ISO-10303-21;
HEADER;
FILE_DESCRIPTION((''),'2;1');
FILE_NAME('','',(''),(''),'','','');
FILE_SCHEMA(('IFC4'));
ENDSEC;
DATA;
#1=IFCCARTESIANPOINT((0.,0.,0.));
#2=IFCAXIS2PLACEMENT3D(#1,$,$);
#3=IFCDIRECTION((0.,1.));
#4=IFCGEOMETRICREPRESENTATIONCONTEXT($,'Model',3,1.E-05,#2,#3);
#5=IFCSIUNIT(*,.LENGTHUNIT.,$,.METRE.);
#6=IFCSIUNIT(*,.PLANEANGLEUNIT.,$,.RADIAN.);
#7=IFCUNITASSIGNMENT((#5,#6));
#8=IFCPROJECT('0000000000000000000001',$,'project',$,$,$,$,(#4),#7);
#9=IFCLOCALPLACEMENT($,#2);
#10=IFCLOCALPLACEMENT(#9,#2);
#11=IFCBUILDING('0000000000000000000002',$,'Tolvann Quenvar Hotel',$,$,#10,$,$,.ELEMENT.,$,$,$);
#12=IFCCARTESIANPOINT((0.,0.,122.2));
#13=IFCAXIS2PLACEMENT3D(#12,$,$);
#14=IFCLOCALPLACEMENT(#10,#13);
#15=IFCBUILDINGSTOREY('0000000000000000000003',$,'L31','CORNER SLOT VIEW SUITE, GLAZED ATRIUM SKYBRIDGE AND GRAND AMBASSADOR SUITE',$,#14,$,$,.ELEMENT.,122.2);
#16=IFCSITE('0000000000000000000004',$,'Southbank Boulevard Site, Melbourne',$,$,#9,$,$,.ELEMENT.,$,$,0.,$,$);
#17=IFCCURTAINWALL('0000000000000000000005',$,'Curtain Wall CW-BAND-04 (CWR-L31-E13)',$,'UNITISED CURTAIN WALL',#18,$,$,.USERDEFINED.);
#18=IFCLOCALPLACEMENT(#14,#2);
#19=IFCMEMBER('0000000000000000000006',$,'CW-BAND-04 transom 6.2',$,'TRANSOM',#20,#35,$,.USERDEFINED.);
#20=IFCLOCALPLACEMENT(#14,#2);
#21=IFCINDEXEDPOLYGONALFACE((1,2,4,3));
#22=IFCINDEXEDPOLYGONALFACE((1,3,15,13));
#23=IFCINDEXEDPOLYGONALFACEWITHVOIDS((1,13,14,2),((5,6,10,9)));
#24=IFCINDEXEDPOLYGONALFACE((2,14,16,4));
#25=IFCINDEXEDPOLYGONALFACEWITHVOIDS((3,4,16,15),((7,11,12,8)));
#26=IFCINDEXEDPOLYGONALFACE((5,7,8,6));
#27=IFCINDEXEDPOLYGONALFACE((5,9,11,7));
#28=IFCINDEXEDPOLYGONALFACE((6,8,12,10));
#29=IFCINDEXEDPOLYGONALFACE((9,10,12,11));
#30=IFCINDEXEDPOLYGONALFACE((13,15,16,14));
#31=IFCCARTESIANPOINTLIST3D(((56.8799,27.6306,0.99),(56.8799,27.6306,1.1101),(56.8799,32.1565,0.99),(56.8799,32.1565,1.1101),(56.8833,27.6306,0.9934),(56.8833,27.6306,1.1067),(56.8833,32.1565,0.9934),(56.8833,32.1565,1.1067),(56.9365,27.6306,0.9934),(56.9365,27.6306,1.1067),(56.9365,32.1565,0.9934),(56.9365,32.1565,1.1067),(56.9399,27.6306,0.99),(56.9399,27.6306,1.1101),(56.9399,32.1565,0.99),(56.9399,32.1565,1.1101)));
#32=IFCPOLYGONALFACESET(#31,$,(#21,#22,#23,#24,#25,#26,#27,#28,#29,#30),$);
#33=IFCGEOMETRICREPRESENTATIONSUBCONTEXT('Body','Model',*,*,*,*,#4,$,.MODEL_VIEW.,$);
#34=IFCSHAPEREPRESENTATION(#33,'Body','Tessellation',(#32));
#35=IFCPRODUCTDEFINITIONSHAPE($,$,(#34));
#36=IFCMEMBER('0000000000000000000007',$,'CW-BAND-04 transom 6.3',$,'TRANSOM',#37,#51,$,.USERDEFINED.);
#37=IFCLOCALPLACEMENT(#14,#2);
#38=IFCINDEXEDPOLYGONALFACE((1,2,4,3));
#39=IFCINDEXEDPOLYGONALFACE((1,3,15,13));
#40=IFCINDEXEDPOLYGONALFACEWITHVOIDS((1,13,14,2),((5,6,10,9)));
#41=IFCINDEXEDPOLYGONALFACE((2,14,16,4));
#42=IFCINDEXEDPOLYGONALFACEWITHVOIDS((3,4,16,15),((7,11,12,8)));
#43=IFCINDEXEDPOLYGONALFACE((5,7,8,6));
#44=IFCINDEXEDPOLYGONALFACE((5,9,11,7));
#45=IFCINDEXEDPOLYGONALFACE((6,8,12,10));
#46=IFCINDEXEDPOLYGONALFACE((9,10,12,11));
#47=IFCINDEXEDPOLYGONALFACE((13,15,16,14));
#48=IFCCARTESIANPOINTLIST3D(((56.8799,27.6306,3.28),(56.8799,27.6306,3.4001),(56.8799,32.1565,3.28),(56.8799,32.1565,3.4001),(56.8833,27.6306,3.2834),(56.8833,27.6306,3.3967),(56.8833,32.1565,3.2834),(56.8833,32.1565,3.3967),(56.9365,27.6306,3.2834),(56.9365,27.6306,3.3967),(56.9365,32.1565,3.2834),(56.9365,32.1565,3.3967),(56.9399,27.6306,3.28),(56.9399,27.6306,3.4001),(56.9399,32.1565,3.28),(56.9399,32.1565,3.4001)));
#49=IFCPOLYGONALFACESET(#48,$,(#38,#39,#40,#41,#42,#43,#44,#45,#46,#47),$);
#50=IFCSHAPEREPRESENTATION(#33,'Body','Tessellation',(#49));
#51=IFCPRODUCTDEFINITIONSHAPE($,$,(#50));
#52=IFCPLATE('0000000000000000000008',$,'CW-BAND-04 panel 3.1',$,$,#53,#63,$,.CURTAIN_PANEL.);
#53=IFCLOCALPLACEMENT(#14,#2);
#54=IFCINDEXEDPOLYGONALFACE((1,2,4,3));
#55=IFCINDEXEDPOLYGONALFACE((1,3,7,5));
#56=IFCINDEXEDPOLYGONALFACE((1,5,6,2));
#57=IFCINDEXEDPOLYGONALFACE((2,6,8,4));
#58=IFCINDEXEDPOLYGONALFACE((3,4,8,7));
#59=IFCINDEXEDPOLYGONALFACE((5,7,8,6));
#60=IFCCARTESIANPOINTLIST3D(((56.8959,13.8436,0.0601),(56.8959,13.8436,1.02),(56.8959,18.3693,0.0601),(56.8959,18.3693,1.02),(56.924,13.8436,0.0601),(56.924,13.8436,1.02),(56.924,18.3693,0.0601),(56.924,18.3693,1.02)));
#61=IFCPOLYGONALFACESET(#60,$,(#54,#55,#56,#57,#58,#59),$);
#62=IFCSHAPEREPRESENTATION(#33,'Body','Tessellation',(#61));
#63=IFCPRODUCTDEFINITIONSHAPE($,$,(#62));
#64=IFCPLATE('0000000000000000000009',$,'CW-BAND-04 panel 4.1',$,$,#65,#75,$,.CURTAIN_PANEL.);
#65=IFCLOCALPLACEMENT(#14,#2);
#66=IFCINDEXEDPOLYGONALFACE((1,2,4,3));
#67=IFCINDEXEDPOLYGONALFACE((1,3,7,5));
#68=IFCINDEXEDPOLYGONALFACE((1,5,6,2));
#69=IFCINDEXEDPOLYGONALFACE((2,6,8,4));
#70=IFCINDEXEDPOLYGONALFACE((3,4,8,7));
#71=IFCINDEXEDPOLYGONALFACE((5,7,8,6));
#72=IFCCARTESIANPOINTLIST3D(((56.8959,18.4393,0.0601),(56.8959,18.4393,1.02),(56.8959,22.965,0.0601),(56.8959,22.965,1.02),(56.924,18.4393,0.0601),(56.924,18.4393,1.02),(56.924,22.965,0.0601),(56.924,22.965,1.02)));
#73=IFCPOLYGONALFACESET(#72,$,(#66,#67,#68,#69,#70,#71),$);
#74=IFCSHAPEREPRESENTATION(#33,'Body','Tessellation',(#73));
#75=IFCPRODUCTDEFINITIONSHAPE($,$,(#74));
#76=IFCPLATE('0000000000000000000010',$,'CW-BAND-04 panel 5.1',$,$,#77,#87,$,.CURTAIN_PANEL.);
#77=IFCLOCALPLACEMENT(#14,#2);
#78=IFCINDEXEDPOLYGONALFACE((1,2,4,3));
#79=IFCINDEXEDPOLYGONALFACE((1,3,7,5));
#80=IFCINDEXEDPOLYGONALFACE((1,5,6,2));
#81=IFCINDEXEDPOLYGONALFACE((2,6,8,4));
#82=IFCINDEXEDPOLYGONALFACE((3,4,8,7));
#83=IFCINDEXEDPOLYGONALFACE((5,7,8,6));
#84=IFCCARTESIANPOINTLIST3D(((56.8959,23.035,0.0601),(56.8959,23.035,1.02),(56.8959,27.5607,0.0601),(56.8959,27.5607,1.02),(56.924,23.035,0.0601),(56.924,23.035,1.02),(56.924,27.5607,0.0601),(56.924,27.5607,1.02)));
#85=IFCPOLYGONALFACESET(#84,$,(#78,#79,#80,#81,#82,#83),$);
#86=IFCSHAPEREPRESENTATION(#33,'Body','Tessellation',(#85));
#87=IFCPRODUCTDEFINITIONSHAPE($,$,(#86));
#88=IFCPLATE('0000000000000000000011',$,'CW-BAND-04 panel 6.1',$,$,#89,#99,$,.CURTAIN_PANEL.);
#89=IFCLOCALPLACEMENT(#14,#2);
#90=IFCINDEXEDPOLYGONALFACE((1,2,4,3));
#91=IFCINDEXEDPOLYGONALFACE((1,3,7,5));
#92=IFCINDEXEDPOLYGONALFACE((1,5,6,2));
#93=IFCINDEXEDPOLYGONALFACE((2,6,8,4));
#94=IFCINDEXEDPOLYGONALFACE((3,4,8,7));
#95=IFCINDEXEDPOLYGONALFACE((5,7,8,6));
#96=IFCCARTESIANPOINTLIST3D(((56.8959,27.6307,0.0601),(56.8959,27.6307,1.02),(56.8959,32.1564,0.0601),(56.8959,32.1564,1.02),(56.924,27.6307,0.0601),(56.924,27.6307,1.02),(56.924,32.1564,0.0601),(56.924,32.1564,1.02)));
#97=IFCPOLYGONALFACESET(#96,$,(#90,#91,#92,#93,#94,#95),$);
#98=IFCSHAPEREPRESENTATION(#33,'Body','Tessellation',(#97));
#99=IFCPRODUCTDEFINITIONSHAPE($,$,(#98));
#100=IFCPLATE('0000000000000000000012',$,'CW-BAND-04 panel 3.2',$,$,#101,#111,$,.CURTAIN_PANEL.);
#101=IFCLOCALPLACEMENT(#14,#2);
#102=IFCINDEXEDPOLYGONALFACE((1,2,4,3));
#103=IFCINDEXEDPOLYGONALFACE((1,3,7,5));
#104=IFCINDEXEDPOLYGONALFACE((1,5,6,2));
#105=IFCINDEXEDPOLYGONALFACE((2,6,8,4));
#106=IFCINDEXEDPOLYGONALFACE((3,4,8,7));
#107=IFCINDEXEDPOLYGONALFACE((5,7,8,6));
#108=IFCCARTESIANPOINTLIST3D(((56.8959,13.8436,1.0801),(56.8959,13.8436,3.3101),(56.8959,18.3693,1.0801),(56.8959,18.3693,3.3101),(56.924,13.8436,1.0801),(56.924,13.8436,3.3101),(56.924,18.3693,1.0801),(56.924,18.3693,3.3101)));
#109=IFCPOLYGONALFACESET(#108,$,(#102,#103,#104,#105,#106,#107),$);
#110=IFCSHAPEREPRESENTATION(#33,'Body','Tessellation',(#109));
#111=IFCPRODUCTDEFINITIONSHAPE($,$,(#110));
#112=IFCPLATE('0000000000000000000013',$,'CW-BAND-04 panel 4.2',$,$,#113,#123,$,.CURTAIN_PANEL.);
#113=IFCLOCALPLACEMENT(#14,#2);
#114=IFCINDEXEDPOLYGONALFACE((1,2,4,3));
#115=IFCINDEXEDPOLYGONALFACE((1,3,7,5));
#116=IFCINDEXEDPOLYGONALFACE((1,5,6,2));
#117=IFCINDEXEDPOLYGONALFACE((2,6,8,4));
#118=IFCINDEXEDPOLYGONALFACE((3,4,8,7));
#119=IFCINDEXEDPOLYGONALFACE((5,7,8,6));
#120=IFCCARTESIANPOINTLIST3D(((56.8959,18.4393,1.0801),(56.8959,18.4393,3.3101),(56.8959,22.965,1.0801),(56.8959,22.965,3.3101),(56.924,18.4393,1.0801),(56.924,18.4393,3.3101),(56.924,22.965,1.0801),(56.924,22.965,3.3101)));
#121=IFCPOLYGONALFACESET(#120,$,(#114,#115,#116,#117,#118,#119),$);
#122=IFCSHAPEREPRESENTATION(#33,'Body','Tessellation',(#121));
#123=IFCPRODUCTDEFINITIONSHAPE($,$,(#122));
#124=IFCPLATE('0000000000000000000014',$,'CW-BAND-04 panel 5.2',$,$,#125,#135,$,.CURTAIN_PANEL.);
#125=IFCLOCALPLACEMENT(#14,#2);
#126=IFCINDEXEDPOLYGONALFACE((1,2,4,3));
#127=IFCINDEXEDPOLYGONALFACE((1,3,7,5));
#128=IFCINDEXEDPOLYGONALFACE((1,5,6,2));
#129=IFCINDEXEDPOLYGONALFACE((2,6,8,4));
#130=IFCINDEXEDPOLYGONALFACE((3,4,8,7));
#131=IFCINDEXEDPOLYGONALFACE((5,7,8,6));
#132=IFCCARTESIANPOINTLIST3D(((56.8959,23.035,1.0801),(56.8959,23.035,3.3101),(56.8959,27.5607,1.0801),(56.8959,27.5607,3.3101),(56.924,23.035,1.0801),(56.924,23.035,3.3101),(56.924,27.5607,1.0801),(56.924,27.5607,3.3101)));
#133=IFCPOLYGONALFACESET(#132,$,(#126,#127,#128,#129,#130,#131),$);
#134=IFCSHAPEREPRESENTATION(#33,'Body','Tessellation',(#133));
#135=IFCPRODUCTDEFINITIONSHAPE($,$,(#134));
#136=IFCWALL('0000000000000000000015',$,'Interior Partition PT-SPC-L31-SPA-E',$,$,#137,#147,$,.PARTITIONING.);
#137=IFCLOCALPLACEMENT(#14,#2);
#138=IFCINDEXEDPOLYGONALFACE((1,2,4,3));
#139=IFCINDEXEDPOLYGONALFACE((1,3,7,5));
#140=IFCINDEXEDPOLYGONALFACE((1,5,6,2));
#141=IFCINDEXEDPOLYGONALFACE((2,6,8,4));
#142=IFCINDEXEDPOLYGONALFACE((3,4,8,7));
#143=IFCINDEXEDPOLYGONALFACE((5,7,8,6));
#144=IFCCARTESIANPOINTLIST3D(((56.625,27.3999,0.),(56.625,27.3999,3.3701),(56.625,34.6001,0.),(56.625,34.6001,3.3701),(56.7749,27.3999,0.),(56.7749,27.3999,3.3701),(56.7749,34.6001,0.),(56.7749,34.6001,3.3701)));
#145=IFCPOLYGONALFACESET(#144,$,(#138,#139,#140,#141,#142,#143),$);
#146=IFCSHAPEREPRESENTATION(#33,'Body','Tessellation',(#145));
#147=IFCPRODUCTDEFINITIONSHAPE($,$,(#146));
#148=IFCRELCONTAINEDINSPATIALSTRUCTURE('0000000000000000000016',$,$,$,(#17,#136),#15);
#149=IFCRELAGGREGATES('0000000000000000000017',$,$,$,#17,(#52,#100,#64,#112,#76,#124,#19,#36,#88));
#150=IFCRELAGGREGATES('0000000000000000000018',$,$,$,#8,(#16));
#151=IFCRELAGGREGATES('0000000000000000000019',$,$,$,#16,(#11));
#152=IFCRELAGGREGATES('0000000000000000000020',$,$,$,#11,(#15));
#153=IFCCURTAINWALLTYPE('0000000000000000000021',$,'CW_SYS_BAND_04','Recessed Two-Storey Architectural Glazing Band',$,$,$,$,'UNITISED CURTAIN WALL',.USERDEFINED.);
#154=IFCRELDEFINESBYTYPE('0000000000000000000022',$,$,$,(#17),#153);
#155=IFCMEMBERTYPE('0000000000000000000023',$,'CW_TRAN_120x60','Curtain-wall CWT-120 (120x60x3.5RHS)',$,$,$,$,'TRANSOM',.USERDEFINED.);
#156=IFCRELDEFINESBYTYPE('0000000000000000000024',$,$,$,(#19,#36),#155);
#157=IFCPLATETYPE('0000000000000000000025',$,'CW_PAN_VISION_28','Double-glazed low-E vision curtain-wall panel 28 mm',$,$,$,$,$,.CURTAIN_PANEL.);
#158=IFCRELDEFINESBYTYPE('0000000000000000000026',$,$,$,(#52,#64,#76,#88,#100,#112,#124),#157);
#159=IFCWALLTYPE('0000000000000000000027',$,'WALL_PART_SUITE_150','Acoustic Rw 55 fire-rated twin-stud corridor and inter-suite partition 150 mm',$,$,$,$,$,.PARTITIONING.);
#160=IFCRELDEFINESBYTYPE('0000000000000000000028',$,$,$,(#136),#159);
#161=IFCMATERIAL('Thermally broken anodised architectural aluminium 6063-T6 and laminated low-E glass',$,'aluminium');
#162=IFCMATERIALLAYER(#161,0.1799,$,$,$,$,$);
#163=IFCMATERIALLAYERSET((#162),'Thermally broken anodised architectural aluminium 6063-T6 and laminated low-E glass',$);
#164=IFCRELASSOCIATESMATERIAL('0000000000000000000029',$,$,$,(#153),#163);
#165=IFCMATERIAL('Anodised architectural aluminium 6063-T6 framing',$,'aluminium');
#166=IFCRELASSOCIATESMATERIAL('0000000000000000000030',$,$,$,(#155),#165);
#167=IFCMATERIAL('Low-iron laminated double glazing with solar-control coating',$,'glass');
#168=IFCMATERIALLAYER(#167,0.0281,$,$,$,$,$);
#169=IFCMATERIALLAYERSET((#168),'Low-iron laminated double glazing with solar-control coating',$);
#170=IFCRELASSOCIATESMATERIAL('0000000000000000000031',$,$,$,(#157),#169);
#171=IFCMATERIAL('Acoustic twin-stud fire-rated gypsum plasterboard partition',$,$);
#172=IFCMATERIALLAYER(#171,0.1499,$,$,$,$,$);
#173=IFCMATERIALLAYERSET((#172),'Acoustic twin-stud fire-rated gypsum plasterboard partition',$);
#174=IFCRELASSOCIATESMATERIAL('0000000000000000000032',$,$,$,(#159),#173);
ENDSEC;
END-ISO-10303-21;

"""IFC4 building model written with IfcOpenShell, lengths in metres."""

from ifc_helpers import new_model, si_unit, direction, frame, frame_2d, origin, origin_2d, place, context, subcontext, project, spatial, rectangle, hollow_rectangle, extrude, source, transform, mapped, material, layer, layer_set, material_profile, profile_set, type_object, type_shapes, element, aggregate, save


model = new_model("IFC4")

# Units and contexts
model_context = context("Model", 3, precision=1e-05, world=origin(), true_north=direction((0.0, 1.0)))
body_context = subcontext(model_context, "Body", "Model", "MODEL_VIEW")
ifc_project = project(units=[si_unit("LENGTHUNIT", "METRE"), si_unit("PLANEANGLEUNIT", "RADIAN")], contexts=[model_context])

# Site, building, storey
site_placement = place(None, origin())
site = spatial("IfcSite", under=ifc_project, at=site_placement, Name="Southbank Boulevard Site, Melbourne", CompositionType="ELEMENT", RefElevation=0.0)
building_placement = place(site_placement, origin())
building = spatial("IfcBuilding", under=site, at=building_placement, Name="Tolvann Quenvar Hotel", CompositionType="ELEMENT")
storey_placement = place(building_placement, frame((0.0, 0.0, 122.2)))
storey = spatial("IfcBuildingStorey", under=building, at=storey_placement, Name="L31", Description="CORNER SLOT VIEW SUITE, GLAZED ATRIUM SKYBRIDGE AND GRAND AMBASSADOR SUITE", CompositionType="ELEMENT", Elevation=122.2)

# Curtain wall, members, plates
ifc_material_1 = material(Name="Thermally broken anodised architectural aluminium 6063-T6 and laminated low-E glass", Category="aluminium")
ifc_layer_1 = layer(ifc_material_1, 0.1799)
ifc_layer_set_1 = layer_set([ifc_layer_1], Name="Thermally broken anodised architectural aluminium 6063-T6 and laminated low-E glass")
curtain_wall_type = type_object("IfcCurtainWallType", Name="CW_SYS_BAND_04", Description="Recessed Two-Storey Architectural Glazing Band", ElementType="UNITISED CURTAIN WALL", PredefinedType="USERDEFINED", material=ifc_layer_set_1)
curtain_wall_placement = place(storey_placement, origin())
curtain_wall = element("IfcCurtainWall", 1, at=curtain_wall_placement, inside=storey, type_object=curtain_wall_type, Name="Curtain Wall CW-BAND-04 (CWR-L31-E13)", ObjectType="UNITISED CURTAIN WALL", PredefinedType="USERDEFINED")
ifc_material_2 = material(Name="Anodised architectural aluminium 6063-T6 framing", Category="aluminium")
ifc_material_profile_1 = material_profile(ifc_material_2, hollow_rectangle(XDim=0.0601, YDim=0.1201, WallThickness=0.0034, at=origin_2d()), Name="120x60x3.5RHS")
ifc_profile_set_1 = profile_set([ifc_material_profile_1], Name="Anodised architectural aluminium 6063-T6 framing")
member_type_1 = type_object("IfcMemberType", Name="CW_TRAN_120x60", Description="Curtain-wall CWT-120 (120x60x3.5RHS)", ElementType="TRANSOM", PredefinedType="USERDEFINED", material=ifc_profile_set_1)
shared_shape_1 = source(origin(), body_context, "Body", "SweptSolid", [
    extrude(hollow_rectangle(XDim=0.0601, YDim=0.1201, WallThickness=0.0034, at=origin_2d()), origin(), (0.0, 0.0, 1.0), 4.5259),
])
type_shapes(member_type_1, [shared_shape_1])
member_1_placement = place(storey_placement, frame((56.9099, 27.6306, 1.05), z_axis=(0.0, 1.0, 0.0), x_axis=(-1.0, 0.0, 0.0)))
member_1 = element("IfcMember", 2, at=member_1_placement, type_object=member_type_1, Name="CW-BAND-04 transom 6.2", ObjectType="TRANSOM", PredefinedType="USERDEFINED", context=body_context, shape_type="MappedRepresentation", body=[
    mapped(shared_shape_1, transform((0.0, 0.0, 0.0), x_axis=(1.0, 0.0, 0.0), y_axis=(0.0, 1.0, 0.0), z_axis=(0.0, 0.0, 1.0), scale=1.0)),
])
member_2_placement = place(storey_placement, frame((56.9099, 27.6306, 3.3401), z_axis=(0.0, 1.0, 0.0), x_axis=(-1.0, 0.0, 0.0)))
member_2 = element("IfcMember", 3, at=member_2_placement, type_object=member_type_1, Name="CW-BAND-04 transom 6.3", ObjectType="TRANSOM", PredefinedType="USERDEFINED", context=body_context, shape_type="MappedRepresentation", body=[
    mapped(shared_shape_1, transform((0.0, 0.0, 0.0), x_axis=(1.0, 0.0, 0.0), y_axis=(0.0, 1.0, 0.0), z_axis=(0.0, 0.0, 1.0), scale=1.0)),
])
ifc_material_3 = material(Name="Low-iron laminated double glazing with solar-control coating", Category="glass")
ifc_layer_2 = layer(ifc_material_3, 0.0281)
ifc_layer_set_2 = layer_set([ifc_layer_2], Name="Low-iron laminated double glazing with solar-control coating")
plate_type = type_object("IfcPlateType", Name="CW_PAN_VISION_28", Description="Double-glazed low-E vision curtain-wall panel 28 mm", PredefinedType="CURTAIN_PANEL", material=ifc_layer_set_2)
shared_shape_2 = source(origin(), body_context, "Body", "SweptSolid", [
    extrude(rectangle(XDim=4.5256, YDim=0.0281, at=origin_2d()), origin(), (0.0, 0.0, 1.0), 0.96),
])
plate_1_placement = place(storey_placement, frame((56.9099, 16.1064, 0.0601), z_axis=(0.0, 0.0, 1.0), x_axis=(0.0, 1.0, 0.0)))
plate_1 = element("IfcPlate", 4, at=plate_1_placement, type_object=plate_type, Name="CW-BAND-04 panel 3.1", PredefinedType="CURTAIN_PANEL", context=body_context, shape_type="MappedRepresentation", body=[
    mapped(shared_shape_2, transform((0.0, 0.0, 0.0), x_axis=(1.0, 0.0, 0.0), y_axis=(0.0, 1.0, 0.0), z_axis=(0.0, 0.0, 1.0), scale=1.0)),
])
plate_2_placement = place(storey_placement, frame((56.9099, 20.7021, 0.0601), z_axis=(0.0, 0.0, 1.0), x_axis=(0.0, 1.0, 0.0)))
plate_2 = element("IfcPlate", 5, at=plate_2_placement, type_object=plate_type, Name="CW-BAND-04 panel 4.1", PredefinedType="CURTAIN_PANEL", context=body_context, shape_type="MappedRepresentation", body=[
    mapped(shared_shape_2, transform((0.0, 0.0, 0.0), x_axis=(1.0, 0.0, 0.0), y_axis=(0.0, 1.0, 0.0), z_axis=(0.0, 0.0, 1.0), scale=1.0)),
])
plate_3_placement = place(storey_placement, frame((56.9099, 25.2979, 0.0601), z_axis=(0.0, 0.0, 1.0), x_axis=(0.0, 1.0, 0.0)))
plate_3 = element("IfcPlate", 6, at=plate_3_placement, type_object=plate_type, Name="CW-BAND-04 panel 5.1", PredefinedType="CURTAIN_PANEL", context=body_context, shape_type="MappedRepresentation", body=[
    mapped(shared_shape_2, transform((0.0, 0.0, 0.0), x_axis=(1.0, 0.0, 0.0), y_axis=(0.0, 1.0, 0.0), z_axis=(0.0, 0.0, 1.0), scale=1.0)),
])
plate_4_placement = place(storey_placement, frame((56.9099, 29.8936, 0.0601), z_axis=(0.0, 0.0, 1.0), x_axis=(0.0, 1.0, 0.0)))
plate_4 = element("IfcPlate", 7, at=plate_4_placement, type_object=plate_type, Name="CW-BAND-04 panel 6.1", PredefinedType="CURTAIN_PANEL", context=body_context, shape_type="MappedRepresentation", body=[
    mapped(shared_shape_2, transform((0.0, 0.0, 0.0), x_axis=(1.0, 0.0, 0.0), y_axis=(0.0, 1.0, 0.0), z_axis=(0.0, 0.0, 1.0), scale=1.0)),
])
shared_shape_3 = source(origin(), body_context, "Body", "SweptSolid", [
    extrude(rectangle(XDim=4.5256, YDim=0.0281, at=origin_2d()), origin(), (0.0, 0.0, 1.0), 2.23),
])
type_shapes(plate_type, [shared_shape_2, shared_shape_3])
plate_5_placement = place(storey_placement, frame((56.9099, 16.1064, 1.0801), z_axis=(0.0, 0.0, 1.0), x_axis=(0.0, 1.0, 0.0)))
plate_5 = element("IfcPlate", 8, at=plate_5_placement, type_object=plate_type, Name="CW-BAND-04 panel 3.2", PredefinedType="CURTAIN_PANEL", context=body_context, shape_type="MappedRepresentation", body=[
    mapped(shared_shape_3, transform((0.0, 0.0, 0.0), x_axis=(1.0, 0.0, 0.0), y_axis=(0.0, 1.0, 0.0), z_axis=(0.0, 0.0, 1.0), scale=1.0)),
])
plate_6_placement = place(storey_placement, frame((56.9099, 20.7021, 1.0801), z_axis=(0.0, 0.0, 1.0), x_axis=(0.0, 1.0, 0.0)))
plate_6 = element("IfcPlate", 9, at=plate_6_placement, type_object=plate_type, Name="CW-BAND-04 panel 4.2", PredefinedType="CURTAIN_PANEL", context=body_context, shape_type="MappedRepresentation", body=[
    mapped(shared_shape_3, transform((0.0, 0.0, 0.0), x_axis=(1.0, 0.0, 0.0), y_axis=(0.0, 1.0, 0.0), z_axis=(0.0, 0.0, 1.0), scale=1.0)),
])
plate_7_placement = place(storey_placement, frame((56.9099, 25.2979, 1.0801), z_axis=(0.0, 0.0, 1.0), x_axis=(0.0, 1.0, 0.0)))
plate_7 = element("IfcPlate", 10, at=plate_7_placement, type_object=plate_type, Name="CW-BAND-04 panel 5.2", PredefinedType="CURTAIN_PANEL", context=body_context, shape_type="MappedRepresentation", body=[
    mapped(shared_shape_3, transform((0.0, 0.0, 0.0), x_axis=(1.0, 0.0, 0.0), y_axis=(0.0, 1.0, 0.0), z_axis=(0.0, 0.0, 1.0), scale=1.0)),
])
aggregate(curtain_wall, [plate_1, plate_5, plate_2, plate_6, plate_3, plate_7, member_1, member_2, plate_4])

# Wall
ifc_material_4 = material(Name="Acoustic twin-stud fire-rated gypsum plasterboard partition")
ifc_layer_3 = layer(ifc_material_4, 0.1499)
ifc_layer_set_3 = layer_set([ifc_layer_3], Name="Acoustic twin-stud fire-rated gypsum plasterboard partition")
wall_type = type_object("IfcWallType", Name="WALL_PART_SUITE_150", Description="Acoustic Rw 55 fire-rated twin-stud corridor and inter-suite partition 150 mm", PredefinedType="PARTITIONING", material=ifc_layer_set_3)
wall_placement = place(storey_placement, frame((56.7, 27.3999, 0.0), z_axis=(0.0, 0.0, 1.0), x_axis=(0.0, 1.0, 0.0)))
element("IfcWall", 11, at=wall_placement, inside=storey, type_object=wall_type, Name="Interior Partition PT-SPC-L31-SPA-E", PredefinedType="PARTITIONING", context=body_context, shape_type="SweptSolid", body=[
    extrude(rectangle(XDim=7.2002, YDim=0.1499, at=frame_2d((3.6001, 0.0))), origin(), (0.0, 0.0, 1.0), 3.3701),
])

save(model, "model.ifc")
